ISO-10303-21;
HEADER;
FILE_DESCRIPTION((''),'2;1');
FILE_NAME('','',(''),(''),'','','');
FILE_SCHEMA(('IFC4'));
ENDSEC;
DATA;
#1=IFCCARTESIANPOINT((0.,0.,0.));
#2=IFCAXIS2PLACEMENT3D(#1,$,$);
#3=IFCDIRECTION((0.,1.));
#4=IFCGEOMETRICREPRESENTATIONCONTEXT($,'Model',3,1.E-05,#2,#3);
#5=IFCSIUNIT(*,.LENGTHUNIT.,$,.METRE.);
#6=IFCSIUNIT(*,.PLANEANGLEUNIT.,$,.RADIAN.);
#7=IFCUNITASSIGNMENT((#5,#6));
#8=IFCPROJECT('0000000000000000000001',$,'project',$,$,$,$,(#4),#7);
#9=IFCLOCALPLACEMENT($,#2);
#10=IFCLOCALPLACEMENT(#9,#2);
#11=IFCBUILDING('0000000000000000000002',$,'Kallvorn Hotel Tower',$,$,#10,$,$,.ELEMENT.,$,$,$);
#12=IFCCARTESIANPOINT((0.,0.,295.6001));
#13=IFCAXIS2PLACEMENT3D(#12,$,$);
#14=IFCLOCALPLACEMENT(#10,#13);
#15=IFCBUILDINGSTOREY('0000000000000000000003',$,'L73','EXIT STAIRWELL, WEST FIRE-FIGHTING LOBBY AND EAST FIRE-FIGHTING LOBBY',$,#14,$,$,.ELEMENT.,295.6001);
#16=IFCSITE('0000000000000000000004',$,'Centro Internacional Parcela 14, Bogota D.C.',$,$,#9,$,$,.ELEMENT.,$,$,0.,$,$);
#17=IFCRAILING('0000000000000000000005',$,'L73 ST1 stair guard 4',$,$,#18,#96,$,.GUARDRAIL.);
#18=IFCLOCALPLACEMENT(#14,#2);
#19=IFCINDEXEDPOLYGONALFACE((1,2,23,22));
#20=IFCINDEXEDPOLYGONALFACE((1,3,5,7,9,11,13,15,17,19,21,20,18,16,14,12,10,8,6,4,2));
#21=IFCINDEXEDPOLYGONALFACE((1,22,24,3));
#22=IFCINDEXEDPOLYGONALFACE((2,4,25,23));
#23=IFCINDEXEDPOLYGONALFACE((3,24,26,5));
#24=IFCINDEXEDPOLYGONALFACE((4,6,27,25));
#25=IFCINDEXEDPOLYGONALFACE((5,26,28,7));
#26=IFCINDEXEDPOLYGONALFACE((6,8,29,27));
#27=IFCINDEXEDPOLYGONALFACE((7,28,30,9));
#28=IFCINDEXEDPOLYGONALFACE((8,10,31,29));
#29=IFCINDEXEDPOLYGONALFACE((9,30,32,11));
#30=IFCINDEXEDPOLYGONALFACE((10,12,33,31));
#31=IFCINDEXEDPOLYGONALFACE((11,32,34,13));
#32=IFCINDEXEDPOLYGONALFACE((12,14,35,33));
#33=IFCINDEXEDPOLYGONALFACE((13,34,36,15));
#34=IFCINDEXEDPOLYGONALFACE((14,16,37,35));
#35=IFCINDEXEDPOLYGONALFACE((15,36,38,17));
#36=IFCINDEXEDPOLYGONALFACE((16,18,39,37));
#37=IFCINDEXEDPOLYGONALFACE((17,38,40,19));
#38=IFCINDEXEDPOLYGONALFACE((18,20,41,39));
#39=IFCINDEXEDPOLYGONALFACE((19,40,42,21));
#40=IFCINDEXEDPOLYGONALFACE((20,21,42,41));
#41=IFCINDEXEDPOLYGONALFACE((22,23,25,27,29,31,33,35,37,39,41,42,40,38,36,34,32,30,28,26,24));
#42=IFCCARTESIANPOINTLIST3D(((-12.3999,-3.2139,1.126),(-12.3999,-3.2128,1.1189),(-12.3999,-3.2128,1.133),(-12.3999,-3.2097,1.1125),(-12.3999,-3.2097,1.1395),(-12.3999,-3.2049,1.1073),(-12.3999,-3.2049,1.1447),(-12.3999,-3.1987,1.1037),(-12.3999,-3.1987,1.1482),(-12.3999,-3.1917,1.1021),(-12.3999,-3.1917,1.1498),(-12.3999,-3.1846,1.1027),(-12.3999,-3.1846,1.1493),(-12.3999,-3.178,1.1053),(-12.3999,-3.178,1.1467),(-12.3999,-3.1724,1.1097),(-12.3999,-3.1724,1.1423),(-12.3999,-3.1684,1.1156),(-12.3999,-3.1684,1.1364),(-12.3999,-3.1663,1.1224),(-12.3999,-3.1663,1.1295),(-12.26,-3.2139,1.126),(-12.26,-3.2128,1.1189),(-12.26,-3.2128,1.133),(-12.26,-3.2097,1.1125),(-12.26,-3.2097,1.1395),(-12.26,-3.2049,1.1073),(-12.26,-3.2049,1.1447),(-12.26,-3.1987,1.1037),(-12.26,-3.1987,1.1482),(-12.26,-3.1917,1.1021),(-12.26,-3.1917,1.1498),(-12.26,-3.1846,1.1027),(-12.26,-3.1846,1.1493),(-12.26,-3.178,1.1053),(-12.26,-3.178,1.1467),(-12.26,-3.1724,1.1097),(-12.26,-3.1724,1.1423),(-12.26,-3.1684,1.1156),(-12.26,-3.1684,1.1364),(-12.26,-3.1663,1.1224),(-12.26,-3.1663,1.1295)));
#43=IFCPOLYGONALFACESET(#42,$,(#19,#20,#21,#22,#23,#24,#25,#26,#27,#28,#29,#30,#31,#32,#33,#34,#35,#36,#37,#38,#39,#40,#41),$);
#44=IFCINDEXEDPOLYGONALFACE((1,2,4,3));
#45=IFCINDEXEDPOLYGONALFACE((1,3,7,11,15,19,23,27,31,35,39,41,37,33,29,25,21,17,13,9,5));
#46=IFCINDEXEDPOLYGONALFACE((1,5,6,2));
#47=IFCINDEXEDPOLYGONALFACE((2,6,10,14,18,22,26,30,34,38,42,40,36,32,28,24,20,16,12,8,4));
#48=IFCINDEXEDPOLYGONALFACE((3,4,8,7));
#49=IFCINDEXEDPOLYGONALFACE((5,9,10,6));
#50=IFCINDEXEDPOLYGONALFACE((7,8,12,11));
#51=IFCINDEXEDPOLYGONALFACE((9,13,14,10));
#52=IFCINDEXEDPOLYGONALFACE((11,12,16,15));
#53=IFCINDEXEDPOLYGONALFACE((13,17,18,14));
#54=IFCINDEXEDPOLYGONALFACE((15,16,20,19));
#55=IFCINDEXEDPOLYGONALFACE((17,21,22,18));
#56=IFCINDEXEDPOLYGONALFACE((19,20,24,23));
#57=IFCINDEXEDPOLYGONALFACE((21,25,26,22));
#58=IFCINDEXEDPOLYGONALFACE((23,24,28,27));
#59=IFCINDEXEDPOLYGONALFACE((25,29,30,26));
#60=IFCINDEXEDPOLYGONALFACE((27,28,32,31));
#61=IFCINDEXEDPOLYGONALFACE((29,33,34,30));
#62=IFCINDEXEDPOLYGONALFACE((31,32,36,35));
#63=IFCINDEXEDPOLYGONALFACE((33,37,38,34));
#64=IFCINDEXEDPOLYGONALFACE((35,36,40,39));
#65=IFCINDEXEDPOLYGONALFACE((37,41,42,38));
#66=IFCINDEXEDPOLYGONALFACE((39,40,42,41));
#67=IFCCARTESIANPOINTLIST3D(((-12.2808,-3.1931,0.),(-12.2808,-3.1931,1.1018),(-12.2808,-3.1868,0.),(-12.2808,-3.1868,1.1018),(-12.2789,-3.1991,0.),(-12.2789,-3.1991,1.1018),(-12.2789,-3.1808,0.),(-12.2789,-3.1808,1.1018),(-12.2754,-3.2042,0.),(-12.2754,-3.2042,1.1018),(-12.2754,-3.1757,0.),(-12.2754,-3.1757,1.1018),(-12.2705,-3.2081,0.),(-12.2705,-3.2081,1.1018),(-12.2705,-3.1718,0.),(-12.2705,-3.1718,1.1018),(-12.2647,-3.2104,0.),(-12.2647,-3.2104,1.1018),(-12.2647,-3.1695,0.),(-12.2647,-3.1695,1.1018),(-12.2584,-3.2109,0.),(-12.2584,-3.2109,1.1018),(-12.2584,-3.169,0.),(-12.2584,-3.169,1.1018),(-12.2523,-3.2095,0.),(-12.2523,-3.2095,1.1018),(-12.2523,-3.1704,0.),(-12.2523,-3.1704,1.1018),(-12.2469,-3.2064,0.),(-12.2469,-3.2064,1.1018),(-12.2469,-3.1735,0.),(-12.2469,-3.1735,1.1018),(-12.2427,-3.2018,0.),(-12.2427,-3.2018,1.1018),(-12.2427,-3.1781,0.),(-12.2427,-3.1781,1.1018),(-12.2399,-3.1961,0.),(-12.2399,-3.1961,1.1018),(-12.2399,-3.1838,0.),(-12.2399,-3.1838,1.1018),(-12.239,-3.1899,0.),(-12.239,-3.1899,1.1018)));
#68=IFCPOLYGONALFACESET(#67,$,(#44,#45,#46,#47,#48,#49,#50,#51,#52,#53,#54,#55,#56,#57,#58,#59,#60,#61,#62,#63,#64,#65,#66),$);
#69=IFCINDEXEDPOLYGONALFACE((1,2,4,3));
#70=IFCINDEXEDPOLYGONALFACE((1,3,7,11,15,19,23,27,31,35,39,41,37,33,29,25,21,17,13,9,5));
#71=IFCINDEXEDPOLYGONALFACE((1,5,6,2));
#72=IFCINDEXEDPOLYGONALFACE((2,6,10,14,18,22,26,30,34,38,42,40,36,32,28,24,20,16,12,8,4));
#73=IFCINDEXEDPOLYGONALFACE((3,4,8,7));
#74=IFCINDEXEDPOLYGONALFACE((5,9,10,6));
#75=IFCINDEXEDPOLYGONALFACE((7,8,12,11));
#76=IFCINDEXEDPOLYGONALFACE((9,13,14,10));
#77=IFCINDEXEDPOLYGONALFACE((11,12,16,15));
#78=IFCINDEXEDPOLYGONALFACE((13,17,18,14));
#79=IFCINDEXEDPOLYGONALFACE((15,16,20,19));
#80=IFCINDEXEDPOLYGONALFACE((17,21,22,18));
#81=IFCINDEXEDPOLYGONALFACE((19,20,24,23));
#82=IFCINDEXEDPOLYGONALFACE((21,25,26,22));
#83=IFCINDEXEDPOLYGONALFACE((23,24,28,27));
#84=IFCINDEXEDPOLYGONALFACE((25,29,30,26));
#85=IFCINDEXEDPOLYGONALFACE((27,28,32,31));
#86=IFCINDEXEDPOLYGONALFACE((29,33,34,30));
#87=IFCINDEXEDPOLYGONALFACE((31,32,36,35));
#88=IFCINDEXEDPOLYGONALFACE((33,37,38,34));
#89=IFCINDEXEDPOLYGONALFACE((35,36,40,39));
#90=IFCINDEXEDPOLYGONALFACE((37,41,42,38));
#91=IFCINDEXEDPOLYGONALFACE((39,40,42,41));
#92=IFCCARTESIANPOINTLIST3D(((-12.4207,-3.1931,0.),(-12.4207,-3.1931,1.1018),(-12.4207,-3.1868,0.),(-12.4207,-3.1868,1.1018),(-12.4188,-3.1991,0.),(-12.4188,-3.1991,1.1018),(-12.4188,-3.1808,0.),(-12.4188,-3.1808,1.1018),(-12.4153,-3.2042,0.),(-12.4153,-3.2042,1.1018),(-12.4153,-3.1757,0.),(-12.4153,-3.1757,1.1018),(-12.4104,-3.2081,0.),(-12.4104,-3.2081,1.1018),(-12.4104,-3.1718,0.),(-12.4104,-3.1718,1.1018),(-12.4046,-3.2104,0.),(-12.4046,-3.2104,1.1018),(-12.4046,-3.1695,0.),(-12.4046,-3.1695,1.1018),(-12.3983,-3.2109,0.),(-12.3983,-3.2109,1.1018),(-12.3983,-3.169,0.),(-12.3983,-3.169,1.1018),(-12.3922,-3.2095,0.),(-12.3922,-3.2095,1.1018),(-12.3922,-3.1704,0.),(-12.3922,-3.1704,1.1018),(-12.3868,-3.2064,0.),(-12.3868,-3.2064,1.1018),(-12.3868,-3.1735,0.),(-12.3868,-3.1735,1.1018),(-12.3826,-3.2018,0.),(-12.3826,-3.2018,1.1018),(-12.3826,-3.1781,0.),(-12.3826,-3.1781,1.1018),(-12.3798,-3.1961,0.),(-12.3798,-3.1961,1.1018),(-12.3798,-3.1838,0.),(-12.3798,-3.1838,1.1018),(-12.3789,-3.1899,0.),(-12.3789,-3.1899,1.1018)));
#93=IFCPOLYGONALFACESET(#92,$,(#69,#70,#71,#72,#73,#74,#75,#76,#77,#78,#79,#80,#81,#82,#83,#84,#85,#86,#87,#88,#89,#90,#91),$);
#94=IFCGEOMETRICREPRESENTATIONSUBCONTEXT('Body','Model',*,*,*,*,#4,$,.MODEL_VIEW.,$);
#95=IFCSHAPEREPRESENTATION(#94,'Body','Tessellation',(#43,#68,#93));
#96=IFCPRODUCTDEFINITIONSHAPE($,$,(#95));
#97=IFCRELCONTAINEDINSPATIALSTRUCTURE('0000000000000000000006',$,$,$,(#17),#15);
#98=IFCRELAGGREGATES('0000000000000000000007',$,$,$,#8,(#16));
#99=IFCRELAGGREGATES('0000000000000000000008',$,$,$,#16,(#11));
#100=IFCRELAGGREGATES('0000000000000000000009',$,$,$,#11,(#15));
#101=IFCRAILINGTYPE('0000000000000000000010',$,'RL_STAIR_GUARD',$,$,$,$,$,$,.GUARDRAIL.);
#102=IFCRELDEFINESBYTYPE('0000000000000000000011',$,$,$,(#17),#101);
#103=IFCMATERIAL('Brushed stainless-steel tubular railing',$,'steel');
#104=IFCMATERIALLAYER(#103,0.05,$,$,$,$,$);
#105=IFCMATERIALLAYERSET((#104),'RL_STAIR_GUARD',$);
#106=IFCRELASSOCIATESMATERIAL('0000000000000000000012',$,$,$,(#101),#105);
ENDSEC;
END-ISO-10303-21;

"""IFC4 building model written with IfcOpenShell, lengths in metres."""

from ifc_helpers import new_model, si_unit, direction, frame, origin, origin_2d, place, context, subcontext, project, spatial, circle, extrude, material, layer, layer_set, type_object, element, save


model = new_model("IFC4")

# Units and contexts
model_context = context("Model", 3, precision=1e-05, world=origin(), true_north=direction((0.0, 1.0)))
body_context = subcontext(model_context, "Body", "Model", "MODEL_VIEW")
ifc_project = project(units=[si_unit("LENGTHUNIT", "METRE"), si_unit("PLANEANGLEUNIT", "RADIAN")], contexts=[model_context])

# Site, building, storey
site_placement = place(None, origin())
site = spatial("IfcSite", under=ifc_project, at=site_placement, Name="Centro Internacional Parcela 14, Bogota D.C.", CompositionType="ELEMENT", RefElevation=0.0)
building_placement = place(site_placement, origin())
building = spatial("IfcBuilding", under=site, at=building_placement, Name="Kallvorn Hotel Tower", CompositionType="ELEMENT")
storey_placement = place(building_placement, frame((0.0, 0.0, 295.6001)))
storey = spatial("IfcBuildingStorey", under=building, at=storey_placement, Name="L73", Description="EXIT STAIRWELL, WEST FIRE-FIGHTING LOBBY AND EAST FIRE-FIGHTING LOBBY", CompositionType="ELEMENT", Elevation=295.6001)

# Railing
ifc_material_1 = material(Name="Brushed stainless-steel tubular railing", Category="steel")
ifc_layer_1 = layer(ifc_material_1, 0.05)
ifc_layer_set_1 = layer_set([ifc_layer_1], Name="RL_STAIR_GUARD")
railing_type_1 = type_object("IfcRailingType", Name="RL_STAIR_GUARD", PredefinedType="GUARDRAIL", material=ifc_layer_set_1)
railing_1_placement = place(storey_placement, frame((-12.26, -3.1899, 0.0)))
element("IfcRailing", 1, at=railing_1_placement, inside=storey, type_object=railing_type_1, Name="L73 ST1 stair guard 4", PredefinedType="GUARDRAIL", context=body_context, shape_type="SweptSolid", body=[
    extrude(circle(Radius=0.0239, at=origin_2d()), frame((0.0, 0.0, 1.126), z_axis=(-1.0, 0.0, 0.0), x_axis=(0.0, -1.0, 0.0)), (0.0, 0.0, 1.0), 0.1399),
    extrude(circle(Radius=0.021, at=origin_2d()), origin(), (0.0, 0.0, 1.0), 1.1018),
    extrude(circle(Radius=0.021, at=origin_2d()), frame((-0.1399, 0.0, 0.0)), (0.0, 0.0, 1.0), 1.1018),
])

save(model, "model.ifc")
